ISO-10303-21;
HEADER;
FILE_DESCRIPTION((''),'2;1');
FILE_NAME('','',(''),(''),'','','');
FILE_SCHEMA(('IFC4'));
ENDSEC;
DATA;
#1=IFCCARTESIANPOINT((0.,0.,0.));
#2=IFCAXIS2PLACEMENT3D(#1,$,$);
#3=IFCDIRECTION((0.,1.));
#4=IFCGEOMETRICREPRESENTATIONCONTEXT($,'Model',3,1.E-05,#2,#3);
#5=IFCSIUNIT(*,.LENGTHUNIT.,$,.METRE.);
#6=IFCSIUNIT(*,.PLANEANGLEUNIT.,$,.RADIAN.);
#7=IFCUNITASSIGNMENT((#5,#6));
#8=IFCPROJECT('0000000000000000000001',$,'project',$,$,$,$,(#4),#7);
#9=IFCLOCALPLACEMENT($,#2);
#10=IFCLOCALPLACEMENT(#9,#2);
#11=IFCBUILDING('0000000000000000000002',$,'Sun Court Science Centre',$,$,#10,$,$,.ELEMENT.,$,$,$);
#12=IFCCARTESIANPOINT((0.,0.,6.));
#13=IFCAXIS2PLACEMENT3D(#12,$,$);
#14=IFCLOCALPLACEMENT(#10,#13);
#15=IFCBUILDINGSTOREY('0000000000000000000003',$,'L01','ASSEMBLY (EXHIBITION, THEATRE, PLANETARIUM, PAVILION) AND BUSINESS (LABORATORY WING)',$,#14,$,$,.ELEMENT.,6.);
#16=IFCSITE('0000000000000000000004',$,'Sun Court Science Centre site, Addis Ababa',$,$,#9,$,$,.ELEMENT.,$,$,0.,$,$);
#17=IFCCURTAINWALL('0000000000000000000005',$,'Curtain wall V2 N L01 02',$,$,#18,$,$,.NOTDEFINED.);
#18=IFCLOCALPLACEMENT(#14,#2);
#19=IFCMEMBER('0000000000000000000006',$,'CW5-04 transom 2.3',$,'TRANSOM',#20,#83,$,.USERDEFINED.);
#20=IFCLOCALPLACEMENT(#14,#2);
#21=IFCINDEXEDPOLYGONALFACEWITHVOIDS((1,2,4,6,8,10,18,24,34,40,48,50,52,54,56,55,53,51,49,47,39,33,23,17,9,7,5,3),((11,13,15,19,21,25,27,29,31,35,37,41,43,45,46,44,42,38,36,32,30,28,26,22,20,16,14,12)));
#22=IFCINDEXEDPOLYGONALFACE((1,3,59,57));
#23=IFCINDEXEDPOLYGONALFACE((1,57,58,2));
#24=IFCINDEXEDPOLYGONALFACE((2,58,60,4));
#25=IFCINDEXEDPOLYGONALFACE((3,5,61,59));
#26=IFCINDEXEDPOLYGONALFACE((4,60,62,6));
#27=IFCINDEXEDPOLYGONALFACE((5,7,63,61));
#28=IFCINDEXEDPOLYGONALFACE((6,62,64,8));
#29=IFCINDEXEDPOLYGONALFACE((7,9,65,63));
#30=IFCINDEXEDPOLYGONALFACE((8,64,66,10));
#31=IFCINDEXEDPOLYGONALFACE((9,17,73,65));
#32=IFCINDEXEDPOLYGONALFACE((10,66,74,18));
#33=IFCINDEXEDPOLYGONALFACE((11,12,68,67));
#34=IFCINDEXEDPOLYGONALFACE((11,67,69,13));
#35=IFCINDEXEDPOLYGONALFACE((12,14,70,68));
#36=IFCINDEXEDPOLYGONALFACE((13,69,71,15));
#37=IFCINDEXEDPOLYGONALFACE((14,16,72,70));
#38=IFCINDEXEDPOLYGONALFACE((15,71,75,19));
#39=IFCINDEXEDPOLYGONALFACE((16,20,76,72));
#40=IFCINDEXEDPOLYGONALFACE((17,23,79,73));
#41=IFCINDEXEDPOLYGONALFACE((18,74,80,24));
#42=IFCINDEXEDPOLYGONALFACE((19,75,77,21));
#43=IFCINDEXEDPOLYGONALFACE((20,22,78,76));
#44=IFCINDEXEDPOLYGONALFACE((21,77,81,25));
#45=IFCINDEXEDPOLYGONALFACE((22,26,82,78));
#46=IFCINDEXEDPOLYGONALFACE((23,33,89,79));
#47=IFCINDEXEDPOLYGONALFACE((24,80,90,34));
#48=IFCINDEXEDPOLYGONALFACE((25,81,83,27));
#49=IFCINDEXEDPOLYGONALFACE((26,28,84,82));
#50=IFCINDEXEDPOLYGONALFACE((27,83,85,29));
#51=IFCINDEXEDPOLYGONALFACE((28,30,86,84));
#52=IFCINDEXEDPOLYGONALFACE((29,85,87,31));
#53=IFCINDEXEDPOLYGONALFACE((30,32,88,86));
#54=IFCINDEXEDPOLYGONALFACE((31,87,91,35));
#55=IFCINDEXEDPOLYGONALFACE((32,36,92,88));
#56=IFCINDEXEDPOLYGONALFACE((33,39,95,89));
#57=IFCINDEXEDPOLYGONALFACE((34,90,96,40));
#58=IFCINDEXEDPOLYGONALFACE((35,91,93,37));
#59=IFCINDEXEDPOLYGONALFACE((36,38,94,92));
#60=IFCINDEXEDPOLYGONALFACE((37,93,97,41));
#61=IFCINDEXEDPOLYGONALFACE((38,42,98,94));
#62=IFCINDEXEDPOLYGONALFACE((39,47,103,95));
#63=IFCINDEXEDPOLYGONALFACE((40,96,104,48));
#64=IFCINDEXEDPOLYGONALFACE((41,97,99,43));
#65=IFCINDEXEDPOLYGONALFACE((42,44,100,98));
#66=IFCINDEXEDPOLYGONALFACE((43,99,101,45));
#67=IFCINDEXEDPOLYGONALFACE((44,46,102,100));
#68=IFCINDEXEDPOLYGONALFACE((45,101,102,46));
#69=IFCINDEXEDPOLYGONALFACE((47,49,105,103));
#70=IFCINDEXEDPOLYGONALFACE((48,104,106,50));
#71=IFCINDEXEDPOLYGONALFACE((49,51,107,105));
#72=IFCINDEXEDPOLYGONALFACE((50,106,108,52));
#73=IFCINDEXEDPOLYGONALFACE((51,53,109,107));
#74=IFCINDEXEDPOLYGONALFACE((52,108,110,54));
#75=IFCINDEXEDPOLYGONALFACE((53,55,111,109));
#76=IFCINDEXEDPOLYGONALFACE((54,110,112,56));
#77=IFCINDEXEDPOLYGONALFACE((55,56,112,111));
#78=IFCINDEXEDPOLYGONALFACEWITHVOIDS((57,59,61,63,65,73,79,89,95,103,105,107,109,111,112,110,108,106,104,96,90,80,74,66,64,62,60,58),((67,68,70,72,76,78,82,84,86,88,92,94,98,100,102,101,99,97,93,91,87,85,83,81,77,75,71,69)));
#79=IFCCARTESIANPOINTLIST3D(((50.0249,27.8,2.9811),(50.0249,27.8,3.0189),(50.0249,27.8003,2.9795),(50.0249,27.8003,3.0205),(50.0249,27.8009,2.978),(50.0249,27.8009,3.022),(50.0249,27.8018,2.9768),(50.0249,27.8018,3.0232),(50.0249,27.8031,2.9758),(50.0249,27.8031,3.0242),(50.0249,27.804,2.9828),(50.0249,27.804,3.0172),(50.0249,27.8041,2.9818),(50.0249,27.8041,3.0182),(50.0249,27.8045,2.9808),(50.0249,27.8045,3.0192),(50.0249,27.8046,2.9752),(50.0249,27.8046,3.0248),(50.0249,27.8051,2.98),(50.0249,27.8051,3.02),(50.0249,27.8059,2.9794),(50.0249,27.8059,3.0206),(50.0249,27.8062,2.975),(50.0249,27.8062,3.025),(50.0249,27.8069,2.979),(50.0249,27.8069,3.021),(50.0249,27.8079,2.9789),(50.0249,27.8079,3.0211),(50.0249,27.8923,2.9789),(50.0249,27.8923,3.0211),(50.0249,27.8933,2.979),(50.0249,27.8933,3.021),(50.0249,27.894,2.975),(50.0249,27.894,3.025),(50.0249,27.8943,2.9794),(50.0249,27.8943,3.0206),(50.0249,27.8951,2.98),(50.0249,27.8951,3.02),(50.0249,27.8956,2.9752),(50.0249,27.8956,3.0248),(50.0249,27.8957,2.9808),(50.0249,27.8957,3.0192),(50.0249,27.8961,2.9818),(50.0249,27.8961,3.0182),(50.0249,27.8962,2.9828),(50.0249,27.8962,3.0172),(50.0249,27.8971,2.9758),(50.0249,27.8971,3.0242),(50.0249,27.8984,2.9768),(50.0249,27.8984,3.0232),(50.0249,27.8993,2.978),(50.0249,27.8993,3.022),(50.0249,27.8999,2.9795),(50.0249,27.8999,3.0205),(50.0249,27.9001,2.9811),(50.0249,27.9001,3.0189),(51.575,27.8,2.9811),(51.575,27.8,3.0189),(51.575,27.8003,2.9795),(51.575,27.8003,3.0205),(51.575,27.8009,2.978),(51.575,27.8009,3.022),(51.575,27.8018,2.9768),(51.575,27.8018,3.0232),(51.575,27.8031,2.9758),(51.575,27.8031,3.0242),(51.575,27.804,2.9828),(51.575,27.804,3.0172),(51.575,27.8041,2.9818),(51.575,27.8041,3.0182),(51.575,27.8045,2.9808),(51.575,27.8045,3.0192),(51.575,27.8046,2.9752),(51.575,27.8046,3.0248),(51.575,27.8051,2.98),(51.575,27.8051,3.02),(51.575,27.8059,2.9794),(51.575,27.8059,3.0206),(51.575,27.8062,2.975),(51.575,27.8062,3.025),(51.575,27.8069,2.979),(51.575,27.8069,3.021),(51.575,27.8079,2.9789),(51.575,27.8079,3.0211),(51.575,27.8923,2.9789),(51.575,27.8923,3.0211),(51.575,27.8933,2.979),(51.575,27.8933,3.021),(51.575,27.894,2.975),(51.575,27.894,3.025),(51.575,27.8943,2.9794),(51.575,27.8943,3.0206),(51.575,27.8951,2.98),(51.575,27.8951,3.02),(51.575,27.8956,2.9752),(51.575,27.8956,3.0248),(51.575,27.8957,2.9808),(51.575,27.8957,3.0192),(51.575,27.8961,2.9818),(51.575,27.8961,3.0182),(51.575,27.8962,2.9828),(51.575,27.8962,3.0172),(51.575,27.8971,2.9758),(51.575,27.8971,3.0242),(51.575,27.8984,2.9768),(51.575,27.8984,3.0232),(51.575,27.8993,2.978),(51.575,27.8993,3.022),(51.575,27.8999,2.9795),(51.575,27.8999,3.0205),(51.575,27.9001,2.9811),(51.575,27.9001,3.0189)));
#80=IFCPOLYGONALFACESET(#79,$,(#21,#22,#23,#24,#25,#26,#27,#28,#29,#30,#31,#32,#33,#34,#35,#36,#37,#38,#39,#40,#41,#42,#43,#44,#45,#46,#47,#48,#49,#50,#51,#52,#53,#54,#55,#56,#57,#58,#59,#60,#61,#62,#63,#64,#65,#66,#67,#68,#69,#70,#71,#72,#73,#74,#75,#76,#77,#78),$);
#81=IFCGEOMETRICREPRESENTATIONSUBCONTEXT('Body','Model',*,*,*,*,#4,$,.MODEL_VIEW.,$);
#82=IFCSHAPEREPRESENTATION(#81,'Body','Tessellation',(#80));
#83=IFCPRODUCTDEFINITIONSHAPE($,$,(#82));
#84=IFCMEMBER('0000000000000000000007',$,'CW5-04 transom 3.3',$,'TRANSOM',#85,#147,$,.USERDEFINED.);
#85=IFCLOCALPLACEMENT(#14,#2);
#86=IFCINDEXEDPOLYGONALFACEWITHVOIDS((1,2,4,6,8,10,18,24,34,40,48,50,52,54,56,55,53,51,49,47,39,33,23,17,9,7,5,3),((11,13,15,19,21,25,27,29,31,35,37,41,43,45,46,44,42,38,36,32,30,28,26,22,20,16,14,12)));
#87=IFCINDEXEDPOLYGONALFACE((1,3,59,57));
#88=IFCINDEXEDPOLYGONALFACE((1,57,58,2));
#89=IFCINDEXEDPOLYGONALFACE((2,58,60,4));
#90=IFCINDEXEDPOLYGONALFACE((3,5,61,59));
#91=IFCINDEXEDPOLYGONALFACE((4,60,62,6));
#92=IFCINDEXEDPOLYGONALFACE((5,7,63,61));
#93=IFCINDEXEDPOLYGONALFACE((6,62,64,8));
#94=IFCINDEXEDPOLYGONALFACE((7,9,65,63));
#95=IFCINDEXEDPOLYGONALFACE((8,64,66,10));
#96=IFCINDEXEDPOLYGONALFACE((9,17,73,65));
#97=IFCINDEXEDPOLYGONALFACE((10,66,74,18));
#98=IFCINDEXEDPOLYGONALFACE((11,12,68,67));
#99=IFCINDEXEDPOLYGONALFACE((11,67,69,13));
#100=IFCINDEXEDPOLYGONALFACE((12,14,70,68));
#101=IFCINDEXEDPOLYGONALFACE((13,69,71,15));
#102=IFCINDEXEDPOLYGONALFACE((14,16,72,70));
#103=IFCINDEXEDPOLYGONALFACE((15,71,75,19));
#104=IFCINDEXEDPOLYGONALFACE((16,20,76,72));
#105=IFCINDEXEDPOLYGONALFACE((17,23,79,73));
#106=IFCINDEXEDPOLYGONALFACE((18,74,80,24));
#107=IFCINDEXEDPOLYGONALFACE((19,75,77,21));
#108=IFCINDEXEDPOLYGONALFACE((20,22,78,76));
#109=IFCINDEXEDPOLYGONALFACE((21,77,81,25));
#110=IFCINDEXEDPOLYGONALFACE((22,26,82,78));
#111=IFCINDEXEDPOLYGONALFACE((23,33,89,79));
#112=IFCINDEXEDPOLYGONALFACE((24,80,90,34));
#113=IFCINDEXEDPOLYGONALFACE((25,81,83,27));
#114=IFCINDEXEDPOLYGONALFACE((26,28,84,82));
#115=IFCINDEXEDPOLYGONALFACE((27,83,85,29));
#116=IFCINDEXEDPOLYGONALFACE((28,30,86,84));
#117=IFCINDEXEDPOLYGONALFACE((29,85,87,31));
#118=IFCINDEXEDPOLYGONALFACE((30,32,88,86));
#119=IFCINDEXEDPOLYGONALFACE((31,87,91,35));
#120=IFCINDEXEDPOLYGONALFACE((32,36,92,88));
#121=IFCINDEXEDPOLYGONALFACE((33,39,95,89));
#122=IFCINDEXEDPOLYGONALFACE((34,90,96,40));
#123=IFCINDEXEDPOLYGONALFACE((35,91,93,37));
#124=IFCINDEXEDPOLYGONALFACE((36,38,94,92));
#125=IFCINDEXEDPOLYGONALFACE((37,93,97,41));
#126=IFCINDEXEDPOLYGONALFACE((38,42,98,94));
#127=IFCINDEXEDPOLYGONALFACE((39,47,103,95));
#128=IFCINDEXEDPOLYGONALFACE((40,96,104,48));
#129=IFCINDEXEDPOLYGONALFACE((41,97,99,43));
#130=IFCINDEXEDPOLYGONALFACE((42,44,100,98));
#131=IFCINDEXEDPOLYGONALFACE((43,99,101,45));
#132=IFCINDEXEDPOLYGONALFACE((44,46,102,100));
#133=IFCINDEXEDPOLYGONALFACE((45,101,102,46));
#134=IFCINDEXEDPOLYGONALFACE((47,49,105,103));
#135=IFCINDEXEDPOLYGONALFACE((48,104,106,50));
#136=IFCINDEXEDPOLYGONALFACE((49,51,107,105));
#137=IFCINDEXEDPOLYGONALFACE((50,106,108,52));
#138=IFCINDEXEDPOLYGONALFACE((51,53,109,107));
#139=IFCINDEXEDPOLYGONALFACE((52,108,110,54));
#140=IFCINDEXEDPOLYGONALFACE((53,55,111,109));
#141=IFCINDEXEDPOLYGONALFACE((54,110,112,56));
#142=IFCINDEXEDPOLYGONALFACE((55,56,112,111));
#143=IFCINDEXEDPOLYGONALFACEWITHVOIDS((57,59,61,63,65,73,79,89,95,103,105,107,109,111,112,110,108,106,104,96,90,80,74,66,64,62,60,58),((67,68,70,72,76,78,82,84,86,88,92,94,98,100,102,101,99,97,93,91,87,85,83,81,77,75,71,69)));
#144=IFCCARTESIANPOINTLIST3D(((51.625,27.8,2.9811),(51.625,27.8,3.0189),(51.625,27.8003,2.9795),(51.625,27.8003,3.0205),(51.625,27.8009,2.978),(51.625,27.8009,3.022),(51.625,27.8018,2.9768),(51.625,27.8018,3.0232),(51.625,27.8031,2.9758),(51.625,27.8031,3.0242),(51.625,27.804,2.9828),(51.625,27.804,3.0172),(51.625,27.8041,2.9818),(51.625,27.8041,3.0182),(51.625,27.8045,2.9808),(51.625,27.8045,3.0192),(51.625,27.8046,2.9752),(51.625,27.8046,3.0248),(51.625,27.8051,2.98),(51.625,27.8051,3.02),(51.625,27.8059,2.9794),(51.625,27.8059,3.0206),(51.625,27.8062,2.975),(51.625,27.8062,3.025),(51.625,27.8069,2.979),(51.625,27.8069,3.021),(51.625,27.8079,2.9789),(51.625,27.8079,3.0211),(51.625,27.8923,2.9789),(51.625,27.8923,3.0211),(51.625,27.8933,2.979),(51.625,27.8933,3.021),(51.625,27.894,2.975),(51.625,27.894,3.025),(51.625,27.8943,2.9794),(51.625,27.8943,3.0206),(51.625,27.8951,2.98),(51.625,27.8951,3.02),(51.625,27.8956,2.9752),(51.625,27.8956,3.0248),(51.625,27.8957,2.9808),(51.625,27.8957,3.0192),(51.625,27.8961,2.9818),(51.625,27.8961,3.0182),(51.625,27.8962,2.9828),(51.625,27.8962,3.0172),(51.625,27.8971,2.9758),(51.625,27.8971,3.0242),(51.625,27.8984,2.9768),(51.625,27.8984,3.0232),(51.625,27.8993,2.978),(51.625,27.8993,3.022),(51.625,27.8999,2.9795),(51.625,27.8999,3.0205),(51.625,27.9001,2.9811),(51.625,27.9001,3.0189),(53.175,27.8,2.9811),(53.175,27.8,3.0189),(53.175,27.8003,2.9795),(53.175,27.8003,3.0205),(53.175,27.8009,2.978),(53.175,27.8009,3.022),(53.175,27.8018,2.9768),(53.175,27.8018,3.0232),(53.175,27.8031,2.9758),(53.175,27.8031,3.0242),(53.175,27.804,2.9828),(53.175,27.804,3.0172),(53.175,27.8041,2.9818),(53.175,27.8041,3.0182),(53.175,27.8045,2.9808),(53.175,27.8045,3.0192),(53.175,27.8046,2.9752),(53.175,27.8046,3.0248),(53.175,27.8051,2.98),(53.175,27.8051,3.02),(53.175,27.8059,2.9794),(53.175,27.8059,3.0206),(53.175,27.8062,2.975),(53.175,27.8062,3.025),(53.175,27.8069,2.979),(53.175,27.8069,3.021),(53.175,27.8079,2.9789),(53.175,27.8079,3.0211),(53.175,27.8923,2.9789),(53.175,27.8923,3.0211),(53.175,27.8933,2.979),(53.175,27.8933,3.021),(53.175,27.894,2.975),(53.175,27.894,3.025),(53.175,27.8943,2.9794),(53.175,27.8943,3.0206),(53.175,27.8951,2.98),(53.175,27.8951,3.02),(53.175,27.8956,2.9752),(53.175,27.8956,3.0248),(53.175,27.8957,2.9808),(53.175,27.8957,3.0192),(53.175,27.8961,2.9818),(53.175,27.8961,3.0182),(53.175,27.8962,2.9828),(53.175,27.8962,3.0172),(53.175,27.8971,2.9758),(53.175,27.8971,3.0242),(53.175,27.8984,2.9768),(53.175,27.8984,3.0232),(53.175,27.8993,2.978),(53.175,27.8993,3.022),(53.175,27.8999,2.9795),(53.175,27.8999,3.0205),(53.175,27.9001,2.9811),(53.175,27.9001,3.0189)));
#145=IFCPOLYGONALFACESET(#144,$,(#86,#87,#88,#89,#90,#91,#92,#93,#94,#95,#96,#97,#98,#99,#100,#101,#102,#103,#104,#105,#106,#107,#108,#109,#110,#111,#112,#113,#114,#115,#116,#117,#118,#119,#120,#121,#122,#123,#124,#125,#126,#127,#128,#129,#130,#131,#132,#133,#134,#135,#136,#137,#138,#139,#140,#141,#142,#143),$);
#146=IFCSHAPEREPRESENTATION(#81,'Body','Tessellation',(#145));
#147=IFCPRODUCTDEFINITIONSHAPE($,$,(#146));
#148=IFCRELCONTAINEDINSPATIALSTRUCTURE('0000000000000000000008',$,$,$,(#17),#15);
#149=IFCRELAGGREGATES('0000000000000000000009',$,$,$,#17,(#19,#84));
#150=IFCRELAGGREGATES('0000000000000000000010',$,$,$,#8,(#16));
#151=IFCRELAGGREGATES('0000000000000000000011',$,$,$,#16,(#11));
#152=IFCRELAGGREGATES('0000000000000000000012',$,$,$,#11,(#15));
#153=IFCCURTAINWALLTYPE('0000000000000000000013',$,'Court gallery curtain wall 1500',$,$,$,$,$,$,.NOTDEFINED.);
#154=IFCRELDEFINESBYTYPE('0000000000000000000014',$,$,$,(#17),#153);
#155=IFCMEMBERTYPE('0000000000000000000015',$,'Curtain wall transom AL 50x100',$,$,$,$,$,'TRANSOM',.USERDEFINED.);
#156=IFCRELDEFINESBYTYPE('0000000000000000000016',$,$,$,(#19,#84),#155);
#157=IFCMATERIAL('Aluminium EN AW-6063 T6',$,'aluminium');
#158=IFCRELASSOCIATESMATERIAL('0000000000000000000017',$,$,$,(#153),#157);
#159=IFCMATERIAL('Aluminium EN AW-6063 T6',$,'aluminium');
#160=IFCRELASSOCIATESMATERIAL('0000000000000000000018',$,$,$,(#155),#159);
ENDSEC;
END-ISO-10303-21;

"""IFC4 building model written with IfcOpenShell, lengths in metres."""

from ifc_helpers import new_model, si_unit, direction, frame, origin, origin_2d, place, context, subcontext, project, spatial, hollow_rectangle, extrude, material, material_profile, profile_set, type_object, element, aggregate, save


model = new_model("IFC4")

# Units and contexts
model_context = context("Model", 3, precision=1e-05, world=origin(), true_north=direction((0.0, 1.0)))
body_context = subcontext(model_context, "Body", "Model", "MODEL_VIEW")
ifc_project = project(units=[si_unit("LENGTHUNIT", "METRE"), si_unit("PLANEANGLEUNIT", "RADIAN")], contexts=[model_context])

# Site, building, storey
site_placement = place(None, origin())
site = spatial("IfcSite", under=ifc_project, at=site_placement, Name="Sun Court Science Centre site, Addis Ababa", CompositionType="ELEMENT", RefElevation=0.0)
building_placement = place(site_placement, origin())
building = spatial("IfcBuilding", under=site, at=building_placement, Name="Sun Court Science Centre", CompositionType="ELEMENT")
storey_placement = place(building_placement, frame((0.0, 0.0, 6.0)))
storey = spatial("IfcBuildingStorey", under=building, at=storey_placement, Name="L01", Description="ASSEMBLY (EXHIBITION, THEATRE, PLANETARIUM, PAVILION) AND BUSINESS (LABORATORY WING)", CompositionType="ELEMENT", Elevation=6.0)

# Curtain wall, members
ifc_material_1 = material(Name="Aluminium EN AW-6063 T6", Category="aluminium")
curtain_wall_type_1 = type_object("IfcCurtainWallType", Name="Court gallery curtain wall 1500", PredefinedType="NOTDEFINED", material=ifc_material_1)
curtain_wall_1_placement = place(storey_placement, origin())
curtain_wall_1 = element("IfcCurtainWall", 1, at=curtain_wall_1_placement, inside=storey, type_object=curtain_wall_type_1, Name="Curtain wall V2 N L01 02", PredefinedType="NOTDEFINED")
ifc_material_2 = material(Name="Aluminium EN AW-6063 T6", Category="aluminium")
ifc_material_profile_1 = material_profile(ifc_material_2, hollow_rectangle(XDim=0.05, YDim=0.1001, WallThickness=0.0039, InnerFilletRadius=0.0039, OuterFilletRadius=0.0061, at=origin_2d()), Name="AL 50x100x4")
ifc_profile_set_1 = profile_set([ifc_material_profile_1], Name="Aluminium EN AW-6063 T6")
member_type_1 = type_object("IfcMemberType", Name="Curtain wall transom AL 50x100", ElementType="TRANSOM", PredefinedType="USERDEFINED", material=ifc_profile_set_1)
member_1_placement = place(storey_placement, frame((50.0249, 27.8501, 3.0), z_axis=(1.0, 0.0, 0.0), x_axis=(0.0, 0.0, 1.0)))
member_1 = element("IfcMember", 2, at=member_1_placement, type_object=member_type_1, Name="CW5-04 transom 2.3", ObjectType="TRANSOM", PredefinedType="USERDEFINED", context=body_context, shape_type="SweptSolid", body=[
    extrude(hollow_rectangle(XDim=0.05, YDim=0.1001, WallThickness=0.0039, InnerFilletRadius=0.0039, OuterFilletRadius=0.0061, at=origin_2d()), origin(), (0.0, 0.0, 1.0), 1.55),
])
member_2_placement = place(storey_placement, frame((51.625, 27.8501, 3.0), z_axis=(1.0, 0.0, 0.0), x_axis=(0.0, 0.0, 1.0)))
member_2 = element("IfcMember", 3, at=member_2_placement, type_object=member_type_1, Name="CW5-04 transom 3.3", ObjectType="TRANSOM", PredefinedType="USERDEFINED", context=body_context, shape_type="SweptSolid", body=[
    extrude(hollow_rectangle(XDim=0.05, YDim=0.1001, WallThickness=0.0039, InnerFilletRadius=0.0039, OuterFilletRadius=0.0061, at=origin_2d()), origin(), (0.0, 0.0, 1.0), 1.55),
])

aggregate(curtain_wall_1, [member_1, member_2])

save(model, "model.ifc")
